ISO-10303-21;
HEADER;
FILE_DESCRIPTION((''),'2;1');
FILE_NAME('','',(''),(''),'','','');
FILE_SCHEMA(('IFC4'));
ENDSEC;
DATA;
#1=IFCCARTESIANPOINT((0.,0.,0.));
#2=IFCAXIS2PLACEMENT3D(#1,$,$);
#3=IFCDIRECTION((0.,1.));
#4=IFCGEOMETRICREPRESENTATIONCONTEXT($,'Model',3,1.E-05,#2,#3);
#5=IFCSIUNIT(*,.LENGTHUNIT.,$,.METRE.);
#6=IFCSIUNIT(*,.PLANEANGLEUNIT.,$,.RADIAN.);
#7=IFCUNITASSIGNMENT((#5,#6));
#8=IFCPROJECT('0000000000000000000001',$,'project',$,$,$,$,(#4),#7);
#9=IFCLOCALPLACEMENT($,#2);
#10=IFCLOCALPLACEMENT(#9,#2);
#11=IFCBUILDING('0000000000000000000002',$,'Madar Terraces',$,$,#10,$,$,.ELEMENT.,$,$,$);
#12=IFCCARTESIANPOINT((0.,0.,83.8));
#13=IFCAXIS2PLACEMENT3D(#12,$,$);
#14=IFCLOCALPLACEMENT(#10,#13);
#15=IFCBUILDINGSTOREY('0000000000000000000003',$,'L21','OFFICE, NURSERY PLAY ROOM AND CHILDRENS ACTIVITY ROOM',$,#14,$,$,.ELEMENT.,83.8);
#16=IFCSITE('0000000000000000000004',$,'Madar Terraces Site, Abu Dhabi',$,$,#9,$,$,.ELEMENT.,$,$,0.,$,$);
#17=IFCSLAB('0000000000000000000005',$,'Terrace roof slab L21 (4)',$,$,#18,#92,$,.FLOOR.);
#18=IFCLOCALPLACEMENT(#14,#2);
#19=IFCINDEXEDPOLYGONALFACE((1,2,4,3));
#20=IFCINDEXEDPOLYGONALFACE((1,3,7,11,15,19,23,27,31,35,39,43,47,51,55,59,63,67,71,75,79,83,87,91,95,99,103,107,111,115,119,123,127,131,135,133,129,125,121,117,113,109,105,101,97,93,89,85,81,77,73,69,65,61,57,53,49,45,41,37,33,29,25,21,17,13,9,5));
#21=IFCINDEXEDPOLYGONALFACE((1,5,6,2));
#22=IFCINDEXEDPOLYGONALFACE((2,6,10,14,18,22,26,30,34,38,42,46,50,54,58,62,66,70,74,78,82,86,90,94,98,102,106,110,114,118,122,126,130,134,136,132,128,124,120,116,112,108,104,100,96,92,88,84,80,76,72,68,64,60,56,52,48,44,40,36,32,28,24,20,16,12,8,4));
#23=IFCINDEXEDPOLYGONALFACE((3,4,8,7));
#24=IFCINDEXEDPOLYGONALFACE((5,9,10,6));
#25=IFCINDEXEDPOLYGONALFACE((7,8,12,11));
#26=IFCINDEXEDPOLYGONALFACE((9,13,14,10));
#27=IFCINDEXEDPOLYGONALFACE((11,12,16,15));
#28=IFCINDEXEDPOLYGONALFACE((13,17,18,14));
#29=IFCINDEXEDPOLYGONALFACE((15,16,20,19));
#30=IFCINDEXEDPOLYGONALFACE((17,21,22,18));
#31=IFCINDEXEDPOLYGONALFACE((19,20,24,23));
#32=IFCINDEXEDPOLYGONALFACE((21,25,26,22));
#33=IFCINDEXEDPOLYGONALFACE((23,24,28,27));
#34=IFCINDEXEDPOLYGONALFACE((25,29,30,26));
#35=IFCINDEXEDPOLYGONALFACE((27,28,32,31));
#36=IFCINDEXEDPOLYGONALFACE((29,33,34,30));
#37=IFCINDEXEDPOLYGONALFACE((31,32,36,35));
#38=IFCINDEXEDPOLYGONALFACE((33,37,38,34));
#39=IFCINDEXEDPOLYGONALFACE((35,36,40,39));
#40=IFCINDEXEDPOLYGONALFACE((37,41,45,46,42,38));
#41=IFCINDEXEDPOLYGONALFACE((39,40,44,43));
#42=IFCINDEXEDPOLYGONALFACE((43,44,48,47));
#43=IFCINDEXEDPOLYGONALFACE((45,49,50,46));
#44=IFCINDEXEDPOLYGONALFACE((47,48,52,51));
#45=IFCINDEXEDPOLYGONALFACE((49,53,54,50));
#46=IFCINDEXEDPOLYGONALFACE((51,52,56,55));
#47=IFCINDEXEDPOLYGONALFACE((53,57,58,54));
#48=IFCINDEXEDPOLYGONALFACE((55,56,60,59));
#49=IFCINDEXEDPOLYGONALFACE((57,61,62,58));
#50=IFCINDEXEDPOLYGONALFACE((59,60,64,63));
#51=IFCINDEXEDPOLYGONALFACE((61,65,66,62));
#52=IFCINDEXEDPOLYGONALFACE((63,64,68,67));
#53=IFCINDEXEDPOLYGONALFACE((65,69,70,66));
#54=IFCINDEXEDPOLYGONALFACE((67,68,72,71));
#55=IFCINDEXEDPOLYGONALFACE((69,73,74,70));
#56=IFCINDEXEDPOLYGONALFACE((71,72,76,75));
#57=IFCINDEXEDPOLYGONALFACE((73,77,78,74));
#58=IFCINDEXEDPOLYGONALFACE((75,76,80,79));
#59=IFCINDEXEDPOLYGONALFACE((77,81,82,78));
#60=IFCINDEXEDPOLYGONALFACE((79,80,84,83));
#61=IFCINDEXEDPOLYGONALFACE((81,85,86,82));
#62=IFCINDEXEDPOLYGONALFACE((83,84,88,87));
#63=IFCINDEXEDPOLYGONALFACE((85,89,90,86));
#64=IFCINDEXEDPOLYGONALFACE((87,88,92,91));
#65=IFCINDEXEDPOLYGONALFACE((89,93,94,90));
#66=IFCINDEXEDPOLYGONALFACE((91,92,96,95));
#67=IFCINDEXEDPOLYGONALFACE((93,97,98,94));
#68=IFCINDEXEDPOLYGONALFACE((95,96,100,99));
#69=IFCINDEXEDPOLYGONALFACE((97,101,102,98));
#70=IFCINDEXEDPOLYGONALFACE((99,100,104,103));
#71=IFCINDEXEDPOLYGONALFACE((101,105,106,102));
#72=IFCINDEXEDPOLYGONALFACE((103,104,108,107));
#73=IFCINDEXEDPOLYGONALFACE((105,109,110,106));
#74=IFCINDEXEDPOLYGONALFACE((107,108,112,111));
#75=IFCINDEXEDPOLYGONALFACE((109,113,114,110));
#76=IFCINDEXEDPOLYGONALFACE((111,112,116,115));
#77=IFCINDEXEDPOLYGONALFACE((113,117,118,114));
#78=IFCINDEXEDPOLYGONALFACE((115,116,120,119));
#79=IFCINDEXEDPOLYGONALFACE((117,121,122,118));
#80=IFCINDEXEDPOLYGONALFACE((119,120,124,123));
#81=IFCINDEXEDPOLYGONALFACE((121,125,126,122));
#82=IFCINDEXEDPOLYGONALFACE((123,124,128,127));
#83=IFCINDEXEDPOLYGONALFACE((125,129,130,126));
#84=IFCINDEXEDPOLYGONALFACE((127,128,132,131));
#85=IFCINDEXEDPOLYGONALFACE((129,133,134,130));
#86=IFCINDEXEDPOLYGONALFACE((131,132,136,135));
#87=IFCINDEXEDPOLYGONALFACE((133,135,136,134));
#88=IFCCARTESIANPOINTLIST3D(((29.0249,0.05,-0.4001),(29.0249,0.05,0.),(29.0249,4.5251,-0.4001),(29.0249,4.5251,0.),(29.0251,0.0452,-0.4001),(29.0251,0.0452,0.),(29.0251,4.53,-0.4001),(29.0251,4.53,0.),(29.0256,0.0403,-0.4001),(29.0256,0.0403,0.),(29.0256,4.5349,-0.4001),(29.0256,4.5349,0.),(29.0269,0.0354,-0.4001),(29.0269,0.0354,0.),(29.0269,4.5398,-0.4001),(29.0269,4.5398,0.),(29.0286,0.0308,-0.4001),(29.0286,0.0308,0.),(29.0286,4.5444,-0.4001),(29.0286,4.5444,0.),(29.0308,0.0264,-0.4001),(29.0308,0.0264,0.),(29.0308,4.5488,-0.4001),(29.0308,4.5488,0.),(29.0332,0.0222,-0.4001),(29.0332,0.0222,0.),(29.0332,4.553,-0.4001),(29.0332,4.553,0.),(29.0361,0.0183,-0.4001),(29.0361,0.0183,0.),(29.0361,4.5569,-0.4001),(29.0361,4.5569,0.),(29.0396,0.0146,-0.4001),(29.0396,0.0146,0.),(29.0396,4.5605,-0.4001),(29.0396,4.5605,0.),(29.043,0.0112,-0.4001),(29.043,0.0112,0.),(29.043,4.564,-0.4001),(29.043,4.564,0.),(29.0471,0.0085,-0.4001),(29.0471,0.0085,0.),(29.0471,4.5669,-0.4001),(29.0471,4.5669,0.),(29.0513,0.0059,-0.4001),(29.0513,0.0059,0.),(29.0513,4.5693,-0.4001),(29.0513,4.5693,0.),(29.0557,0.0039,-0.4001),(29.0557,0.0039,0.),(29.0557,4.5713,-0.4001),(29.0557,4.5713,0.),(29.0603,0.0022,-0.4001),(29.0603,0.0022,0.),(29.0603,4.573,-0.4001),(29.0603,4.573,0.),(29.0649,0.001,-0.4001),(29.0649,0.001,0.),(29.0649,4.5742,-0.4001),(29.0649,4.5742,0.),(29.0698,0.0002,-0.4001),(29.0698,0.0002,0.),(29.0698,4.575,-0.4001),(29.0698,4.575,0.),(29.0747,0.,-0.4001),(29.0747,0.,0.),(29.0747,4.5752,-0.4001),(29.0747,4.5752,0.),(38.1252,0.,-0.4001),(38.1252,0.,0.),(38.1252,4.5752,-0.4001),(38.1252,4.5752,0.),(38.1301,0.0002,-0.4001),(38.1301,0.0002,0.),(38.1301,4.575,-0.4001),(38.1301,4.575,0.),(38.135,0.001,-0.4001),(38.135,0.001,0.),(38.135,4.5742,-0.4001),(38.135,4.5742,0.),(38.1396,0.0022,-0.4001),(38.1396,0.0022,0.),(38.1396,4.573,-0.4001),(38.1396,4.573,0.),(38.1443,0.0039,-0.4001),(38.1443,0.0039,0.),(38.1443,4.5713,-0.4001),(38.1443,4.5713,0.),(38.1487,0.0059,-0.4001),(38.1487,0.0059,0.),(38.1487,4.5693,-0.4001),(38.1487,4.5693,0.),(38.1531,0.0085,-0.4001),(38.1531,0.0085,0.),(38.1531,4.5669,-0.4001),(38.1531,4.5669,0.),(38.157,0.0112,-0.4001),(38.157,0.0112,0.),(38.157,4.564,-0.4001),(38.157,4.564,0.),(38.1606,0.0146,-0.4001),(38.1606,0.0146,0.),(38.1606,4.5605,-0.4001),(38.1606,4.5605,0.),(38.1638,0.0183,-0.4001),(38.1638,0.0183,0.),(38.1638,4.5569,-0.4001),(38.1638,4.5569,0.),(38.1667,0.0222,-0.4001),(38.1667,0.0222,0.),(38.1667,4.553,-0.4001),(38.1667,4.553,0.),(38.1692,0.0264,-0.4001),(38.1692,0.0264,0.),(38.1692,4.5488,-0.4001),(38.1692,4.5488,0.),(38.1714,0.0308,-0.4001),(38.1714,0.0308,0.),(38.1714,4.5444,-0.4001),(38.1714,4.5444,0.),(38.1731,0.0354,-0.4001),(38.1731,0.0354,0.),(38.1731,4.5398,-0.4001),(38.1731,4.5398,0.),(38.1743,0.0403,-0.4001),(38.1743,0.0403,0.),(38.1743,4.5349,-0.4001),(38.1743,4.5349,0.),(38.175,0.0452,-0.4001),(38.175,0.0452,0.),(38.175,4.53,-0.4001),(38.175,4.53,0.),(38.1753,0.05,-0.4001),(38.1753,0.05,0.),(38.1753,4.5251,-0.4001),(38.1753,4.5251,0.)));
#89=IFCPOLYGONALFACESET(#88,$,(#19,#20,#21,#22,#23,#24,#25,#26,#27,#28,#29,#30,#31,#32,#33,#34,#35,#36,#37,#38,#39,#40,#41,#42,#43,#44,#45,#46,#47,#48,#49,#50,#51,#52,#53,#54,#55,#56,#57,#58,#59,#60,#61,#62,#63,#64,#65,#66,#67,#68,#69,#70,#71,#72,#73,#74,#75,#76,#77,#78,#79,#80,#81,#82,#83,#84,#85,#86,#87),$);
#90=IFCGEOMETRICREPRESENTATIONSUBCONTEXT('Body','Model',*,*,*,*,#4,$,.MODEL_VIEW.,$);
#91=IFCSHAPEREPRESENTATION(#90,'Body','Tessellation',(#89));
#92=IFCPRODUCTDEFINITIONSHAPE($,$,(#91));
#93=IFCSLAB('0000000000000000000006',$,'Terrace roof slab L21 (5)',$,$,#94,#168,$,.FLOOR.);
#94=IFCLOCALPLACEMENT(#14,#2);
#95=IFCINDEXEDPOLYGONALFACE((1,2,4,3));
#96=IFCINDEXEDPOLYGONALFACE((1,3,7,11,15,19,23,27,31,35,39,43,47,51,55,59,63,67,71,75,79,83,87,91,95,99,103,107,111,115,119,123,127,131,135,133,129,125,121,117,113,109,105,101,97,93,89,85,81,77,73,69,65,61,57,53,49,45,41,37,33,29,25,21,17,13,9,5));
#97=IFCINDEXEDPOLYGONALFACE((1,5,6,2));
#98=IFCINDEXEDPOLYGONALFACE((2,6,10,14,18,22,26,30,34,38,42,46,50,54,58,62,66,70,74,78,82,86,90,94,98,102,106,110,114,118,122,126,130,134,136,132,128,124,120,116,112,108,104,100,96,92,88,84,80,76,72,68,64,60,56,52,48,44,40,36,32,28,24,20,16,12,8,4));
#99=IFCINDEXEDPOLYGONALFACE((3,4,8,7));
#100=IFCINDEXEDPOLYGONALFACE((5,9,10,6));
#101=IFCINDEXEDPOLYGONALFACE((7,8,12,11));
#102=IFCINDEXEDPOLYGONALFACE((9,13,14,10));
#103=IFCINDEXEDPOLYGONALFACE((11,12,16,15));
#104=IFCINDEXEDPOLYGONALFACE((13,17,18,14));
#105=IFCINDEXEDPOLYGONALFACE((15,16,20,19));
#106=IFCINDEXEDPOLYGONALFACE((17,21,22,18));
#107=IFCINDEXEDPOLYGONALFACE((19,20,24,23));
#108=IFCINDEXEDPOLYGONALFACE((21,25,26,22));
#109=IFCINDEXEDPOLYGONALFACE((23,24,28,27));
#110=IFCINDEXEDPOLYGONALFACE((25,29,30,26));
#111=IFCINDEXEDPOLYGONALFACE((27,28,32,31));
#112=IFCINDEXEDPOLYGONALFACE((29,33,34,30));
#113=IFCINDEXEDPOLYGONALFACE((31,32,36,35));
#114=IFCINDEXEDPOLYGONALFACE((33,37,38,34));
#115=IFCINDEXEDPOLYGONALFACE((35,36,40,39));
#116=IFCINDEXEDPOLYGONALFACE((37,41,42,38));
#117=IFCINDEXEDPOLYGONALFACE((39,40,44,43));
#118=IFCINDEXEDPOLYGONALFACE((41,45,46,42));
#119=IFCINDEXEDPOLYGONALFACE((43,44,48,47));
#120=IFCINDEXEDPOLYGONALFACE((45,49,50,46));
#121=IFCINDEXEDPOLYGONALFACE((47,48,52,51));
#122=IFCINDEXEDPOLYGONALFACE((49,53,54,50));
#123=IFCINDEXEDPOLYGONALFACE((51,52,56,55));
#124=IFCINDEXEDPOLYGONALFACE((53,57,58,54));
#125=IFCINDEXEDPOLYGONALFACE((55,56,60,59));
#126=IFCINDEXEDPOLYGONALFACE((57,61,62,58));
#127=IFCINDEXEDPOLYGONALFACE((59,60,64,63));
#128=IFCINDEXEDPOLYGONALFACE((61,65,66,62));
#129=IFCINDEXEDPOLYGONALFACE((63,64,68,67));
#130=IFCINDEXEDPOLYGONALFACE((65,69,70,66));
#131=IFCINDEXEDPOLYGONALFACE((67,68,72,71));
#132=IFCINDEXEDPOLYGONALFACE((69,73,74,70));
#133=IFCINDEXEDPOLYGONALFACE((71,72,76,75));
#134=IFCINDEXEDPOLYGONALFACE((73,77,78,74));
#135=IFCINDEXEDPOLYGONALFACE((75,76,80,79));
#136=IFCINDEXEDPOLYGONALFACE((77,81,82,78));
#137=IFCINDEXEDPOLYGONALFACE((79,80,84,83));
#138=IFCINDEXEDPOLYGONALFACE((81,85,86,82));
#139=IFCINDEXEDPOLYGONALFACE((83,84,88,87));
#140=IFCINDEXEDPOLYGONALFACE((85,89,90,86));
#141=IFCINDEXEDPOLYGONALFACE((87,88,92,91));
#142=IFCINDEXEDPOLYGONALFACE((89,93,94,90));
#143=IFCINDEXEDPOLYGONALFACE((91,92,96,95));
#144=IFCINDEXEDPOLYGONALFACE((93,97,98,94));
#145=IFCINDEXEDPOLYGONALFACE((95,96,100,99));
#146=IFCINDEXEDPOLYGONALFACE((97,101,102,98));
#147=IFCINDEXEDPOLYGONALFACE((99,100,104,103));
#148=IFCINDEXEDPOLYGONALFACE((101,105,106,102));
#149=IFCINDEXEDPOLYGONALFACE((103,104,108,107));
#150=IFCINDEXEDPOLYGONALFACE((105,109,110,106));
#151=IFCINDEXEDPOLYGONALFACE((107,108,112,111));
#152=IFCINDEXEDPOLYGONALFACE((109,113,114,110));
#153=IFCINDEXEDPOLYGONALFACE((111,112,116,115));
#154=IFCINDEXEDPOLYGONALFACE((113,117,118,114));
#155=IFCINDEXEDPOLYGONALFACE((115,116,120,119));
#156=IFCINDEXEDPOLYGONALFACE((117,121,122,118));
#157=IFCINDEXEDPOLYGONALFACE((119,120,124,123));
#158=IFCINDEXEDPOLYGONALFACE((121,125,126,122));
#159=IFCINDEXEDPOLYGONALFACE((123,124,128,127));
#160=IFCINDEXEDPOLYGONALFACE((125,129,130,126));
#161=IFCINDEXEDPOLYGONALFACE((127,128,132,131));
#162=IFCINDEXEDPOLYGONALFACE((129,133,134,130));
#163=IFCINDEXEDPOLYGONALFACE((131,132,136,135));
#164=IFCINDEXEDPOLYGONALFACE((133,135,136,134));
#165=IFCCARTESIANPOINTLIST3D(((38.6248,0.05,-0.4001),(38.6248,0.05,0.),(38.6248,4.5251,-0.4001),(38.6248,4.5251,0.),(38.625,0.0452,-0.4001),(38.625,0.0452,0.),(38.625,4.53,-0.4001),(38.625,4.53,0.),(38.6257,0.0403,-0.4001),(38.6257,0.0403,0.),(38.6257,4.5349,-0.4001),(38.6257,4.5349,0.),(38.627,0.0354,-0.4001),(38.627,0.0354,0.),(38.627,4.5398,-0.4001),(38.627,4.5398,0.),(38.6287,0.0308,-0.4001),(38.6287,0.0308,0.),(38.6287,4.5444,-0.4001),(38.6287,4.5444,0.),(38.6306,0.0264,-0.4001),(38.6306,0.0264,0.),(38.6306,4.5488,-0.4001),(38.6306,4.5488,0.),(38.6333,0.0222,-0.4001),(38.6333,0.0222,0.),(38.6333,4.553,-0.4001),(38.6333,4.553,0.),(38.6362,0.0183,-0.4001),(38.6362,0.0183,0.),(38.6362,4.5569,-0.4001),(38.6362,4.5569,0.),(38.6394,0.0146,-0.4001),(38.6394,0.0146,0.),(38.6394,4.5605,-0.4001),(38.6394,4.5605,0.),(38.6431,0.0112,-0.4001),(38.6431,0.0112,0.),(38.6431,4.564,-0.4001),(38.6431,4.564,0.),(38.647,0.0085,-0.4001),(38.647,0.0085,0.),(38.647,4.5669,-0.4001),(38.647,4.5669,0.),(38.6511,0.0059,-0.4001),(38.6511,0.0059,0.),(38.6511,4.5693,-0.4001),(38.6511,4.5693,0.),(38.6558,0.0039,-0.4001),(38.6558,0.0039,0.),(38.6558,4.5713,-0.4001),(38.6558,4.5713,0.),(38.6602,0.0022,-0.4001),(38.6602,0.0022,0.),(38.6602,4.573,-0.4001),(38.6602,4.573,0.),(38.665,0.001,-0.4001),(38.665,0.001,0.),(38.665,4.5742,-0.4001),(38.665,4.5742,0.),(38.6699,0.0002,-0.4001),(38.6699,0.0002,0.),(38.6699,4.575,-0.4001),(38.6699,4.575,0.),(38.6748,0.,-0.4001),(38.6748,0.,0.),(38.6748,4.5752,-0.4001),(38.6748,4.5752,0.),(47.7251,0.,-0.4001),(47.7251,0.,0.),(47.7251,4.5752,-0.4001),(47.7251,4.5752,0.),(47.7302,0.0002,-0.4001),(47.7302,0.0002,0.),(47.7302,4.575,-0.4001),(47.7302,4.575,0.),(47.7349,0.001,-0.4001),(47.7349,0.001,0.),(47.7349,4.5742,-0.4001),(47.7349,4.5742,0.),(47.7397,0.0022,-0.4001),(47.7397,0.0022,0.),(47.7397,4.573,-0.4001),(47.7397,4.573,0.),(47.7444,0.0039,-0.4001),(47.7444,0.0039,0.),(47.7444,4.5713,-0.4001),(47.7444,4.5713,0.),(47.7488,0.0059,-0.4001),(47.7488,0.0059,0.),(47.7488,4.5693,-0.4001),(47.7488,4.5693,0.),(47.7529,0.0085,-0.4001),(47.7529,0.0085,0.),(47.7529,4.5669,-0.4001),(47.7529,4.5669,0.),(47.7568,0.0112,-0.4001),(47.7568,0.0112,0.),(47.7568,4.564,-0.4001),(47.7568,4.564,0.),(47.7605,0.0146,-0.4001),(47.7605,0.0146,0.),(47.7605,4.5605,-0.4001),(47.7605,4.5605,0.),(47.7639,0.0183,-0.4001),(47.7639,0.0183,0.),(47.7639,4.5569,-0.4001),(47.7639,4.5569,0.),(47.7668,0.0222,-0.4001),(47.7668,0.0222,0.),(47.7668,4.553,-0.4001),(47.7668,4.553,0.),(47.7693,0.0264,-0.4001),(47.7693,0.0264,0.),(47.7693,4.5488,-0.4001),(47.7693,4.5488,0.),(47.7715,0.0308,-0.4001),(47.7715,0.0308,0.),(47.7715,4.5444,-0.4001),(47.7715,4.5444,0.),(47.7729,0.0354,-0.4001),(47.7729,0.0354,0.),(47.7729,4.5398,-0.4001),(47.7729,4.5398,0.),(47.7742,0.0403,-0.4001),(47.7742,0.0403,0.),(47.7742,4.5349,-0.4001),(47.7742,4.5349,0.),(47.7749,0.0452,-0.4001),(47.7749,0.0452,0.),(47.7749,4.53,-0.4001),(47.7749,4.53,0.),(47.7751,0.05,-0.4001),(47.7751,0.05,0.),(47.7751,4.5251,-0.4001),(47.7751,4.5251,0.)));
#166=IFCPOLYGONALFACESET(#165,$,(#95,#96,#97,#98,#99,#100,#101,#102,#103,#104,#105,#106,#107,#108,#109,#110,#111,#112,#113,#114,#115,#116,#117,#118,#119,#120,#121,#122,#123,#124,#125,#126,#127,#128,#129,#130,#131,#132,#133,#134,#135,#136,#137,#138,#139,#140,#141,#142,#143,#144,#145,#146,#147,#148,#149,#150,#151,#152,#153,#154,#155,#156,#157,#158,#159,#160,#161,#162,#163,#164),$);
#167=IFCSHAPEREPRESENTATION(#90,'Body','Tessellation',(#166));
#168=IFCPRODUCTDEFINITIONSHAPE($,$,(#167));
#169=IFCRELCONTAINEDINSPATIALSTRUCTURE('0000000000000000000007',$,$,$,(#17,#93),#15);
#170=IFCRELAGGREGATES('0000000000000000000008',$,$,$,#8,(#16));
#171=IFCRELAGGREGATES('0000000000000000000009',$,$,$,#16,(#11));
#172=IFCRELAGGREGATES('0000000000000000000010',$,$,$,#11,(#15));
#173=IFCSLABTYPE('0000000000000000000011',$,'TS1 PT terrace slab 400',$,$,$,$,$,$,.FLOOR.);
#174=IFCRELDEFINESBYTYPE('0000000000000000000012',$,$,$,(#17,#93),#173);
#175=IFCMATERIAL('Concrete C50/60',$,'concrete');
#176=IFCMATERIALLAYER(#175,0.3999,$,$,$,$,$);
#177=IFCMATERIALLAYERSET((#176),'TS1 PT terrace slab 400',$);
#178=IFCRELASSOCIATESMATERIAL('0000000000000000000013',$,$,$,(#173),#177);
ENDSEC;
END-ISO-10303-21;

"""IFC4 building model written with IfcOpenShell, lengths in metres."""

from ifc_helpers import new_model, si_unit, direction, frame, origin, place, context, subcontext, project, spatial, polyline, outline, extrude, material, layer, layer_set, type_object, element, save


model = new_model("IFC4")

# Units and contexts
model_context = context("Model", 3, precision=1e-05, world=origin(), true_north=direction((0.0, 1.0)))
body_context = subcontext(model_context, "Body", "Model", "MODEL_VIEW")
ifc_project = project(units=[si_unit("LENGTHUNIT", "METRE"), si_unit("PLANEANGLEUNIT", "RADIAN")], contexts=[model_context])

# Site, building, storey
site_placement = place(None, origin())
site = spatial("IfcSite", under=ifc_project, at=site_placement, Name="Madar Terraces Site, Abu Dhabi", CompositionType="ELEMENT", RefElevation=0.0)
building_placement = place(site_placement, origin())
building = spatial("IfcBuilding", under=site, at=building_placement, Name="Madar Terraces", CompositionType="ELEMENT")
storey_placement = place(building_placement, frame((0.0, 0.0, 83.8)))
storey = spatial("IfcBuildingStorey", under=building, at=storey_placement, Name="L21", Description="OFFICE, NURSERY PLAY ROOM AND CHILDRENS ACTIVITY ROOM", CompositionType="ELEMENT", Elevation=83.8)

# Slabs
ifc_material_1 = material(Name="Concrete C50/60", Category="concrete")
ifc_layer_1 = layer(ifc_material_1, 0.3999)
ifc_layer_set_1 = layer_set([ifc_layer_1], Name="TS1 PT terrace slab 400")
slab_type_1 = type_object("IfcSlabType", Name="TS1 PT terrace slab 400", PredefinedType="FLOOR", material=ifc_layer_set_1)
slab_1_placement = place(storey_placement, frame((0.0, 0.0, -0.4001)))
element("IfcSlab", 1, at=slab_1_placement, inside=storey, type_object=slab_type_1, Name="Terrace roof slab L21 (4)", PredefinedType="FLOOR", context=body_context, shape_type="SweptSolid", body=[
    extrude(outline(polyline([(29.0649, 0.001), (29.0698, 0.0002), (29.0747, 0.0), (38.1252, 0.0), (38.1301, 0.0002), (38.135, 0.001), (38.1396, 0.0022), (38.1443, 0.0039), (38.1487, 0.0059), (38.1531, 0.0085), (38.157, 0.0112), (38.1606, 0.0146), (38.1638, 0.0183), (38.1667, 0.0222), (38.1692, 0.0264), (38.1714, 0.0308), (38.1731, 0.0354), (38.1743, 0.0403), (38.175, 0.0452), (38.1753, 0.05), (38.1753, 4.5251), (38.175, 4.53), (38.1743, 4.5349), (38.1731, 4.5398), (38.1714, 4.5444), (38.1692, 4.5488), (38.1667, 4.553), (38.1638, 4.5569), (38.1606, 4.5605), (38.157, 4.564), (38.1531, 4.5669), (38.1487, 4.5693), (38.1443, 4.5713), (38.1396, 4.573), (38.135, 4.5742), (38.1301, 4.575), (38.1252, 4.5752), (29.0747, 4.5752), (29.0698, 4.575), (29.0649, 4.5742), (29.0603, 4.573), (29.0557, 4.5713), (29.0513, 4.5693), (29.0471, 4.5669), (29.043, 4.564), (29.0396, 4.5605), (29.0361, 4.5569), (29.0332, 4.553), (29.0308, 4.5488), (29.0286, 4.5444), (29.0269, 4.5398), (29.0256, 4.5349), (29.0251, 4.53), (29.0249, 4.5251), (29.0249, 0.05), (29.0251, 0.0452), (29.0256, 0.0403), (29.0269, 0.0354), (29.0286, 0.0308), (29.0308, 0.0264), (29.0332, 0.0222), (29.0361, 0.0183), (29.0396, 0.0146), (29.043, 0.0112), (29.0471, 0.0085), (29.0513, 0.0059), (29.0557, 0.0039), (29.0603, 0.0022), (29.0649, 0.001)])), origin(), (0.0, 0.0, 1.0), 0.4001),
])
slab_2_placement = place(storey_placement, frame((0.0, 0.0, -0.4001)))
element("IfcSlab", 2, at=slab_2_placement, inside=storey, type_object=slab_type_1, Name="Terrace roof slab L21 (5)", PredefinedType="FLOOR", context=body_context, shape_type="SweptSolid", body=[
    extrude(outline(polyline([(38.665, 0.001), (38.6699, 0.0002), (38.6748, 0.0), (47.7251, 0.0), (47.7302, 0.0002), (47.7349, 0.001), (47.7397, 0.0022), (47.7444, 0.0039), (47.7488, 0.0059), (47.7529, 0.0085), (47.7568, 0.0112), (47.7605, 0.0146), (47.7639, 0.0183), (47.7668, 0.0222), (47.7693, 0.0264), (47.7715, 0.0308), (47.7729, 0.0354), (47.7742, 0.0403), (47.7749, 0.0452), (47.7751, 0.05), (47.7751, 4.5251), (47.7749, 4.53), (47.7742, 4.5349), (47.7729, 4.5398), (47.7715, 4.5444), (47.7693, 4.5488), (47.7668, 4.553), (47.7639, 4.5569), (47.7605, 4.5605), (47.7568, 4.564), (47.7529, 4.5669), (47.7488, 4.5693), (47.7444, 4.5713), (47.7397, 4.573), (47.7349, 4.5742), (47.7302, 4.575), (47.7251, 4.5752), (38.6748, 4.5752), (38.6699, 4.575), (38.665, 4.5742), (38.6602, 4.573), (38.6558, 4.5713), (38.6511, 4.5693), (38.647, 4.5669), (38.6431, 4.564), (38.6394, 4.5605), (38.6362, 4.5569), (38.6333, 4.553), (38.6306, 4.5488), (38.6287, 4.5444), (38.627, 4.5398), (38.6257, 4.5349), (38.625, 4.53), (38.6248, 4.5251), (38.6248, 0.05), (38.625, 0.0452), (38.6257, 0.0403), (38.627, 0.0354), (38.6287, 0.0308), (38.6306, 0.0264), (38.6333, 0.0222), (38.6362, 0.0183), (38.6394, 0.0146), (38.6431, 0.0112), (38.647, 0.0085), (38.6511, 0.0059), (38.6558, 0.0039), (38.6602, 0.0022), (38.665, 0.001)])), origin(), (0.0, 0.0, 1.0), 0.4001),
])

save(model, "model.ifc")
